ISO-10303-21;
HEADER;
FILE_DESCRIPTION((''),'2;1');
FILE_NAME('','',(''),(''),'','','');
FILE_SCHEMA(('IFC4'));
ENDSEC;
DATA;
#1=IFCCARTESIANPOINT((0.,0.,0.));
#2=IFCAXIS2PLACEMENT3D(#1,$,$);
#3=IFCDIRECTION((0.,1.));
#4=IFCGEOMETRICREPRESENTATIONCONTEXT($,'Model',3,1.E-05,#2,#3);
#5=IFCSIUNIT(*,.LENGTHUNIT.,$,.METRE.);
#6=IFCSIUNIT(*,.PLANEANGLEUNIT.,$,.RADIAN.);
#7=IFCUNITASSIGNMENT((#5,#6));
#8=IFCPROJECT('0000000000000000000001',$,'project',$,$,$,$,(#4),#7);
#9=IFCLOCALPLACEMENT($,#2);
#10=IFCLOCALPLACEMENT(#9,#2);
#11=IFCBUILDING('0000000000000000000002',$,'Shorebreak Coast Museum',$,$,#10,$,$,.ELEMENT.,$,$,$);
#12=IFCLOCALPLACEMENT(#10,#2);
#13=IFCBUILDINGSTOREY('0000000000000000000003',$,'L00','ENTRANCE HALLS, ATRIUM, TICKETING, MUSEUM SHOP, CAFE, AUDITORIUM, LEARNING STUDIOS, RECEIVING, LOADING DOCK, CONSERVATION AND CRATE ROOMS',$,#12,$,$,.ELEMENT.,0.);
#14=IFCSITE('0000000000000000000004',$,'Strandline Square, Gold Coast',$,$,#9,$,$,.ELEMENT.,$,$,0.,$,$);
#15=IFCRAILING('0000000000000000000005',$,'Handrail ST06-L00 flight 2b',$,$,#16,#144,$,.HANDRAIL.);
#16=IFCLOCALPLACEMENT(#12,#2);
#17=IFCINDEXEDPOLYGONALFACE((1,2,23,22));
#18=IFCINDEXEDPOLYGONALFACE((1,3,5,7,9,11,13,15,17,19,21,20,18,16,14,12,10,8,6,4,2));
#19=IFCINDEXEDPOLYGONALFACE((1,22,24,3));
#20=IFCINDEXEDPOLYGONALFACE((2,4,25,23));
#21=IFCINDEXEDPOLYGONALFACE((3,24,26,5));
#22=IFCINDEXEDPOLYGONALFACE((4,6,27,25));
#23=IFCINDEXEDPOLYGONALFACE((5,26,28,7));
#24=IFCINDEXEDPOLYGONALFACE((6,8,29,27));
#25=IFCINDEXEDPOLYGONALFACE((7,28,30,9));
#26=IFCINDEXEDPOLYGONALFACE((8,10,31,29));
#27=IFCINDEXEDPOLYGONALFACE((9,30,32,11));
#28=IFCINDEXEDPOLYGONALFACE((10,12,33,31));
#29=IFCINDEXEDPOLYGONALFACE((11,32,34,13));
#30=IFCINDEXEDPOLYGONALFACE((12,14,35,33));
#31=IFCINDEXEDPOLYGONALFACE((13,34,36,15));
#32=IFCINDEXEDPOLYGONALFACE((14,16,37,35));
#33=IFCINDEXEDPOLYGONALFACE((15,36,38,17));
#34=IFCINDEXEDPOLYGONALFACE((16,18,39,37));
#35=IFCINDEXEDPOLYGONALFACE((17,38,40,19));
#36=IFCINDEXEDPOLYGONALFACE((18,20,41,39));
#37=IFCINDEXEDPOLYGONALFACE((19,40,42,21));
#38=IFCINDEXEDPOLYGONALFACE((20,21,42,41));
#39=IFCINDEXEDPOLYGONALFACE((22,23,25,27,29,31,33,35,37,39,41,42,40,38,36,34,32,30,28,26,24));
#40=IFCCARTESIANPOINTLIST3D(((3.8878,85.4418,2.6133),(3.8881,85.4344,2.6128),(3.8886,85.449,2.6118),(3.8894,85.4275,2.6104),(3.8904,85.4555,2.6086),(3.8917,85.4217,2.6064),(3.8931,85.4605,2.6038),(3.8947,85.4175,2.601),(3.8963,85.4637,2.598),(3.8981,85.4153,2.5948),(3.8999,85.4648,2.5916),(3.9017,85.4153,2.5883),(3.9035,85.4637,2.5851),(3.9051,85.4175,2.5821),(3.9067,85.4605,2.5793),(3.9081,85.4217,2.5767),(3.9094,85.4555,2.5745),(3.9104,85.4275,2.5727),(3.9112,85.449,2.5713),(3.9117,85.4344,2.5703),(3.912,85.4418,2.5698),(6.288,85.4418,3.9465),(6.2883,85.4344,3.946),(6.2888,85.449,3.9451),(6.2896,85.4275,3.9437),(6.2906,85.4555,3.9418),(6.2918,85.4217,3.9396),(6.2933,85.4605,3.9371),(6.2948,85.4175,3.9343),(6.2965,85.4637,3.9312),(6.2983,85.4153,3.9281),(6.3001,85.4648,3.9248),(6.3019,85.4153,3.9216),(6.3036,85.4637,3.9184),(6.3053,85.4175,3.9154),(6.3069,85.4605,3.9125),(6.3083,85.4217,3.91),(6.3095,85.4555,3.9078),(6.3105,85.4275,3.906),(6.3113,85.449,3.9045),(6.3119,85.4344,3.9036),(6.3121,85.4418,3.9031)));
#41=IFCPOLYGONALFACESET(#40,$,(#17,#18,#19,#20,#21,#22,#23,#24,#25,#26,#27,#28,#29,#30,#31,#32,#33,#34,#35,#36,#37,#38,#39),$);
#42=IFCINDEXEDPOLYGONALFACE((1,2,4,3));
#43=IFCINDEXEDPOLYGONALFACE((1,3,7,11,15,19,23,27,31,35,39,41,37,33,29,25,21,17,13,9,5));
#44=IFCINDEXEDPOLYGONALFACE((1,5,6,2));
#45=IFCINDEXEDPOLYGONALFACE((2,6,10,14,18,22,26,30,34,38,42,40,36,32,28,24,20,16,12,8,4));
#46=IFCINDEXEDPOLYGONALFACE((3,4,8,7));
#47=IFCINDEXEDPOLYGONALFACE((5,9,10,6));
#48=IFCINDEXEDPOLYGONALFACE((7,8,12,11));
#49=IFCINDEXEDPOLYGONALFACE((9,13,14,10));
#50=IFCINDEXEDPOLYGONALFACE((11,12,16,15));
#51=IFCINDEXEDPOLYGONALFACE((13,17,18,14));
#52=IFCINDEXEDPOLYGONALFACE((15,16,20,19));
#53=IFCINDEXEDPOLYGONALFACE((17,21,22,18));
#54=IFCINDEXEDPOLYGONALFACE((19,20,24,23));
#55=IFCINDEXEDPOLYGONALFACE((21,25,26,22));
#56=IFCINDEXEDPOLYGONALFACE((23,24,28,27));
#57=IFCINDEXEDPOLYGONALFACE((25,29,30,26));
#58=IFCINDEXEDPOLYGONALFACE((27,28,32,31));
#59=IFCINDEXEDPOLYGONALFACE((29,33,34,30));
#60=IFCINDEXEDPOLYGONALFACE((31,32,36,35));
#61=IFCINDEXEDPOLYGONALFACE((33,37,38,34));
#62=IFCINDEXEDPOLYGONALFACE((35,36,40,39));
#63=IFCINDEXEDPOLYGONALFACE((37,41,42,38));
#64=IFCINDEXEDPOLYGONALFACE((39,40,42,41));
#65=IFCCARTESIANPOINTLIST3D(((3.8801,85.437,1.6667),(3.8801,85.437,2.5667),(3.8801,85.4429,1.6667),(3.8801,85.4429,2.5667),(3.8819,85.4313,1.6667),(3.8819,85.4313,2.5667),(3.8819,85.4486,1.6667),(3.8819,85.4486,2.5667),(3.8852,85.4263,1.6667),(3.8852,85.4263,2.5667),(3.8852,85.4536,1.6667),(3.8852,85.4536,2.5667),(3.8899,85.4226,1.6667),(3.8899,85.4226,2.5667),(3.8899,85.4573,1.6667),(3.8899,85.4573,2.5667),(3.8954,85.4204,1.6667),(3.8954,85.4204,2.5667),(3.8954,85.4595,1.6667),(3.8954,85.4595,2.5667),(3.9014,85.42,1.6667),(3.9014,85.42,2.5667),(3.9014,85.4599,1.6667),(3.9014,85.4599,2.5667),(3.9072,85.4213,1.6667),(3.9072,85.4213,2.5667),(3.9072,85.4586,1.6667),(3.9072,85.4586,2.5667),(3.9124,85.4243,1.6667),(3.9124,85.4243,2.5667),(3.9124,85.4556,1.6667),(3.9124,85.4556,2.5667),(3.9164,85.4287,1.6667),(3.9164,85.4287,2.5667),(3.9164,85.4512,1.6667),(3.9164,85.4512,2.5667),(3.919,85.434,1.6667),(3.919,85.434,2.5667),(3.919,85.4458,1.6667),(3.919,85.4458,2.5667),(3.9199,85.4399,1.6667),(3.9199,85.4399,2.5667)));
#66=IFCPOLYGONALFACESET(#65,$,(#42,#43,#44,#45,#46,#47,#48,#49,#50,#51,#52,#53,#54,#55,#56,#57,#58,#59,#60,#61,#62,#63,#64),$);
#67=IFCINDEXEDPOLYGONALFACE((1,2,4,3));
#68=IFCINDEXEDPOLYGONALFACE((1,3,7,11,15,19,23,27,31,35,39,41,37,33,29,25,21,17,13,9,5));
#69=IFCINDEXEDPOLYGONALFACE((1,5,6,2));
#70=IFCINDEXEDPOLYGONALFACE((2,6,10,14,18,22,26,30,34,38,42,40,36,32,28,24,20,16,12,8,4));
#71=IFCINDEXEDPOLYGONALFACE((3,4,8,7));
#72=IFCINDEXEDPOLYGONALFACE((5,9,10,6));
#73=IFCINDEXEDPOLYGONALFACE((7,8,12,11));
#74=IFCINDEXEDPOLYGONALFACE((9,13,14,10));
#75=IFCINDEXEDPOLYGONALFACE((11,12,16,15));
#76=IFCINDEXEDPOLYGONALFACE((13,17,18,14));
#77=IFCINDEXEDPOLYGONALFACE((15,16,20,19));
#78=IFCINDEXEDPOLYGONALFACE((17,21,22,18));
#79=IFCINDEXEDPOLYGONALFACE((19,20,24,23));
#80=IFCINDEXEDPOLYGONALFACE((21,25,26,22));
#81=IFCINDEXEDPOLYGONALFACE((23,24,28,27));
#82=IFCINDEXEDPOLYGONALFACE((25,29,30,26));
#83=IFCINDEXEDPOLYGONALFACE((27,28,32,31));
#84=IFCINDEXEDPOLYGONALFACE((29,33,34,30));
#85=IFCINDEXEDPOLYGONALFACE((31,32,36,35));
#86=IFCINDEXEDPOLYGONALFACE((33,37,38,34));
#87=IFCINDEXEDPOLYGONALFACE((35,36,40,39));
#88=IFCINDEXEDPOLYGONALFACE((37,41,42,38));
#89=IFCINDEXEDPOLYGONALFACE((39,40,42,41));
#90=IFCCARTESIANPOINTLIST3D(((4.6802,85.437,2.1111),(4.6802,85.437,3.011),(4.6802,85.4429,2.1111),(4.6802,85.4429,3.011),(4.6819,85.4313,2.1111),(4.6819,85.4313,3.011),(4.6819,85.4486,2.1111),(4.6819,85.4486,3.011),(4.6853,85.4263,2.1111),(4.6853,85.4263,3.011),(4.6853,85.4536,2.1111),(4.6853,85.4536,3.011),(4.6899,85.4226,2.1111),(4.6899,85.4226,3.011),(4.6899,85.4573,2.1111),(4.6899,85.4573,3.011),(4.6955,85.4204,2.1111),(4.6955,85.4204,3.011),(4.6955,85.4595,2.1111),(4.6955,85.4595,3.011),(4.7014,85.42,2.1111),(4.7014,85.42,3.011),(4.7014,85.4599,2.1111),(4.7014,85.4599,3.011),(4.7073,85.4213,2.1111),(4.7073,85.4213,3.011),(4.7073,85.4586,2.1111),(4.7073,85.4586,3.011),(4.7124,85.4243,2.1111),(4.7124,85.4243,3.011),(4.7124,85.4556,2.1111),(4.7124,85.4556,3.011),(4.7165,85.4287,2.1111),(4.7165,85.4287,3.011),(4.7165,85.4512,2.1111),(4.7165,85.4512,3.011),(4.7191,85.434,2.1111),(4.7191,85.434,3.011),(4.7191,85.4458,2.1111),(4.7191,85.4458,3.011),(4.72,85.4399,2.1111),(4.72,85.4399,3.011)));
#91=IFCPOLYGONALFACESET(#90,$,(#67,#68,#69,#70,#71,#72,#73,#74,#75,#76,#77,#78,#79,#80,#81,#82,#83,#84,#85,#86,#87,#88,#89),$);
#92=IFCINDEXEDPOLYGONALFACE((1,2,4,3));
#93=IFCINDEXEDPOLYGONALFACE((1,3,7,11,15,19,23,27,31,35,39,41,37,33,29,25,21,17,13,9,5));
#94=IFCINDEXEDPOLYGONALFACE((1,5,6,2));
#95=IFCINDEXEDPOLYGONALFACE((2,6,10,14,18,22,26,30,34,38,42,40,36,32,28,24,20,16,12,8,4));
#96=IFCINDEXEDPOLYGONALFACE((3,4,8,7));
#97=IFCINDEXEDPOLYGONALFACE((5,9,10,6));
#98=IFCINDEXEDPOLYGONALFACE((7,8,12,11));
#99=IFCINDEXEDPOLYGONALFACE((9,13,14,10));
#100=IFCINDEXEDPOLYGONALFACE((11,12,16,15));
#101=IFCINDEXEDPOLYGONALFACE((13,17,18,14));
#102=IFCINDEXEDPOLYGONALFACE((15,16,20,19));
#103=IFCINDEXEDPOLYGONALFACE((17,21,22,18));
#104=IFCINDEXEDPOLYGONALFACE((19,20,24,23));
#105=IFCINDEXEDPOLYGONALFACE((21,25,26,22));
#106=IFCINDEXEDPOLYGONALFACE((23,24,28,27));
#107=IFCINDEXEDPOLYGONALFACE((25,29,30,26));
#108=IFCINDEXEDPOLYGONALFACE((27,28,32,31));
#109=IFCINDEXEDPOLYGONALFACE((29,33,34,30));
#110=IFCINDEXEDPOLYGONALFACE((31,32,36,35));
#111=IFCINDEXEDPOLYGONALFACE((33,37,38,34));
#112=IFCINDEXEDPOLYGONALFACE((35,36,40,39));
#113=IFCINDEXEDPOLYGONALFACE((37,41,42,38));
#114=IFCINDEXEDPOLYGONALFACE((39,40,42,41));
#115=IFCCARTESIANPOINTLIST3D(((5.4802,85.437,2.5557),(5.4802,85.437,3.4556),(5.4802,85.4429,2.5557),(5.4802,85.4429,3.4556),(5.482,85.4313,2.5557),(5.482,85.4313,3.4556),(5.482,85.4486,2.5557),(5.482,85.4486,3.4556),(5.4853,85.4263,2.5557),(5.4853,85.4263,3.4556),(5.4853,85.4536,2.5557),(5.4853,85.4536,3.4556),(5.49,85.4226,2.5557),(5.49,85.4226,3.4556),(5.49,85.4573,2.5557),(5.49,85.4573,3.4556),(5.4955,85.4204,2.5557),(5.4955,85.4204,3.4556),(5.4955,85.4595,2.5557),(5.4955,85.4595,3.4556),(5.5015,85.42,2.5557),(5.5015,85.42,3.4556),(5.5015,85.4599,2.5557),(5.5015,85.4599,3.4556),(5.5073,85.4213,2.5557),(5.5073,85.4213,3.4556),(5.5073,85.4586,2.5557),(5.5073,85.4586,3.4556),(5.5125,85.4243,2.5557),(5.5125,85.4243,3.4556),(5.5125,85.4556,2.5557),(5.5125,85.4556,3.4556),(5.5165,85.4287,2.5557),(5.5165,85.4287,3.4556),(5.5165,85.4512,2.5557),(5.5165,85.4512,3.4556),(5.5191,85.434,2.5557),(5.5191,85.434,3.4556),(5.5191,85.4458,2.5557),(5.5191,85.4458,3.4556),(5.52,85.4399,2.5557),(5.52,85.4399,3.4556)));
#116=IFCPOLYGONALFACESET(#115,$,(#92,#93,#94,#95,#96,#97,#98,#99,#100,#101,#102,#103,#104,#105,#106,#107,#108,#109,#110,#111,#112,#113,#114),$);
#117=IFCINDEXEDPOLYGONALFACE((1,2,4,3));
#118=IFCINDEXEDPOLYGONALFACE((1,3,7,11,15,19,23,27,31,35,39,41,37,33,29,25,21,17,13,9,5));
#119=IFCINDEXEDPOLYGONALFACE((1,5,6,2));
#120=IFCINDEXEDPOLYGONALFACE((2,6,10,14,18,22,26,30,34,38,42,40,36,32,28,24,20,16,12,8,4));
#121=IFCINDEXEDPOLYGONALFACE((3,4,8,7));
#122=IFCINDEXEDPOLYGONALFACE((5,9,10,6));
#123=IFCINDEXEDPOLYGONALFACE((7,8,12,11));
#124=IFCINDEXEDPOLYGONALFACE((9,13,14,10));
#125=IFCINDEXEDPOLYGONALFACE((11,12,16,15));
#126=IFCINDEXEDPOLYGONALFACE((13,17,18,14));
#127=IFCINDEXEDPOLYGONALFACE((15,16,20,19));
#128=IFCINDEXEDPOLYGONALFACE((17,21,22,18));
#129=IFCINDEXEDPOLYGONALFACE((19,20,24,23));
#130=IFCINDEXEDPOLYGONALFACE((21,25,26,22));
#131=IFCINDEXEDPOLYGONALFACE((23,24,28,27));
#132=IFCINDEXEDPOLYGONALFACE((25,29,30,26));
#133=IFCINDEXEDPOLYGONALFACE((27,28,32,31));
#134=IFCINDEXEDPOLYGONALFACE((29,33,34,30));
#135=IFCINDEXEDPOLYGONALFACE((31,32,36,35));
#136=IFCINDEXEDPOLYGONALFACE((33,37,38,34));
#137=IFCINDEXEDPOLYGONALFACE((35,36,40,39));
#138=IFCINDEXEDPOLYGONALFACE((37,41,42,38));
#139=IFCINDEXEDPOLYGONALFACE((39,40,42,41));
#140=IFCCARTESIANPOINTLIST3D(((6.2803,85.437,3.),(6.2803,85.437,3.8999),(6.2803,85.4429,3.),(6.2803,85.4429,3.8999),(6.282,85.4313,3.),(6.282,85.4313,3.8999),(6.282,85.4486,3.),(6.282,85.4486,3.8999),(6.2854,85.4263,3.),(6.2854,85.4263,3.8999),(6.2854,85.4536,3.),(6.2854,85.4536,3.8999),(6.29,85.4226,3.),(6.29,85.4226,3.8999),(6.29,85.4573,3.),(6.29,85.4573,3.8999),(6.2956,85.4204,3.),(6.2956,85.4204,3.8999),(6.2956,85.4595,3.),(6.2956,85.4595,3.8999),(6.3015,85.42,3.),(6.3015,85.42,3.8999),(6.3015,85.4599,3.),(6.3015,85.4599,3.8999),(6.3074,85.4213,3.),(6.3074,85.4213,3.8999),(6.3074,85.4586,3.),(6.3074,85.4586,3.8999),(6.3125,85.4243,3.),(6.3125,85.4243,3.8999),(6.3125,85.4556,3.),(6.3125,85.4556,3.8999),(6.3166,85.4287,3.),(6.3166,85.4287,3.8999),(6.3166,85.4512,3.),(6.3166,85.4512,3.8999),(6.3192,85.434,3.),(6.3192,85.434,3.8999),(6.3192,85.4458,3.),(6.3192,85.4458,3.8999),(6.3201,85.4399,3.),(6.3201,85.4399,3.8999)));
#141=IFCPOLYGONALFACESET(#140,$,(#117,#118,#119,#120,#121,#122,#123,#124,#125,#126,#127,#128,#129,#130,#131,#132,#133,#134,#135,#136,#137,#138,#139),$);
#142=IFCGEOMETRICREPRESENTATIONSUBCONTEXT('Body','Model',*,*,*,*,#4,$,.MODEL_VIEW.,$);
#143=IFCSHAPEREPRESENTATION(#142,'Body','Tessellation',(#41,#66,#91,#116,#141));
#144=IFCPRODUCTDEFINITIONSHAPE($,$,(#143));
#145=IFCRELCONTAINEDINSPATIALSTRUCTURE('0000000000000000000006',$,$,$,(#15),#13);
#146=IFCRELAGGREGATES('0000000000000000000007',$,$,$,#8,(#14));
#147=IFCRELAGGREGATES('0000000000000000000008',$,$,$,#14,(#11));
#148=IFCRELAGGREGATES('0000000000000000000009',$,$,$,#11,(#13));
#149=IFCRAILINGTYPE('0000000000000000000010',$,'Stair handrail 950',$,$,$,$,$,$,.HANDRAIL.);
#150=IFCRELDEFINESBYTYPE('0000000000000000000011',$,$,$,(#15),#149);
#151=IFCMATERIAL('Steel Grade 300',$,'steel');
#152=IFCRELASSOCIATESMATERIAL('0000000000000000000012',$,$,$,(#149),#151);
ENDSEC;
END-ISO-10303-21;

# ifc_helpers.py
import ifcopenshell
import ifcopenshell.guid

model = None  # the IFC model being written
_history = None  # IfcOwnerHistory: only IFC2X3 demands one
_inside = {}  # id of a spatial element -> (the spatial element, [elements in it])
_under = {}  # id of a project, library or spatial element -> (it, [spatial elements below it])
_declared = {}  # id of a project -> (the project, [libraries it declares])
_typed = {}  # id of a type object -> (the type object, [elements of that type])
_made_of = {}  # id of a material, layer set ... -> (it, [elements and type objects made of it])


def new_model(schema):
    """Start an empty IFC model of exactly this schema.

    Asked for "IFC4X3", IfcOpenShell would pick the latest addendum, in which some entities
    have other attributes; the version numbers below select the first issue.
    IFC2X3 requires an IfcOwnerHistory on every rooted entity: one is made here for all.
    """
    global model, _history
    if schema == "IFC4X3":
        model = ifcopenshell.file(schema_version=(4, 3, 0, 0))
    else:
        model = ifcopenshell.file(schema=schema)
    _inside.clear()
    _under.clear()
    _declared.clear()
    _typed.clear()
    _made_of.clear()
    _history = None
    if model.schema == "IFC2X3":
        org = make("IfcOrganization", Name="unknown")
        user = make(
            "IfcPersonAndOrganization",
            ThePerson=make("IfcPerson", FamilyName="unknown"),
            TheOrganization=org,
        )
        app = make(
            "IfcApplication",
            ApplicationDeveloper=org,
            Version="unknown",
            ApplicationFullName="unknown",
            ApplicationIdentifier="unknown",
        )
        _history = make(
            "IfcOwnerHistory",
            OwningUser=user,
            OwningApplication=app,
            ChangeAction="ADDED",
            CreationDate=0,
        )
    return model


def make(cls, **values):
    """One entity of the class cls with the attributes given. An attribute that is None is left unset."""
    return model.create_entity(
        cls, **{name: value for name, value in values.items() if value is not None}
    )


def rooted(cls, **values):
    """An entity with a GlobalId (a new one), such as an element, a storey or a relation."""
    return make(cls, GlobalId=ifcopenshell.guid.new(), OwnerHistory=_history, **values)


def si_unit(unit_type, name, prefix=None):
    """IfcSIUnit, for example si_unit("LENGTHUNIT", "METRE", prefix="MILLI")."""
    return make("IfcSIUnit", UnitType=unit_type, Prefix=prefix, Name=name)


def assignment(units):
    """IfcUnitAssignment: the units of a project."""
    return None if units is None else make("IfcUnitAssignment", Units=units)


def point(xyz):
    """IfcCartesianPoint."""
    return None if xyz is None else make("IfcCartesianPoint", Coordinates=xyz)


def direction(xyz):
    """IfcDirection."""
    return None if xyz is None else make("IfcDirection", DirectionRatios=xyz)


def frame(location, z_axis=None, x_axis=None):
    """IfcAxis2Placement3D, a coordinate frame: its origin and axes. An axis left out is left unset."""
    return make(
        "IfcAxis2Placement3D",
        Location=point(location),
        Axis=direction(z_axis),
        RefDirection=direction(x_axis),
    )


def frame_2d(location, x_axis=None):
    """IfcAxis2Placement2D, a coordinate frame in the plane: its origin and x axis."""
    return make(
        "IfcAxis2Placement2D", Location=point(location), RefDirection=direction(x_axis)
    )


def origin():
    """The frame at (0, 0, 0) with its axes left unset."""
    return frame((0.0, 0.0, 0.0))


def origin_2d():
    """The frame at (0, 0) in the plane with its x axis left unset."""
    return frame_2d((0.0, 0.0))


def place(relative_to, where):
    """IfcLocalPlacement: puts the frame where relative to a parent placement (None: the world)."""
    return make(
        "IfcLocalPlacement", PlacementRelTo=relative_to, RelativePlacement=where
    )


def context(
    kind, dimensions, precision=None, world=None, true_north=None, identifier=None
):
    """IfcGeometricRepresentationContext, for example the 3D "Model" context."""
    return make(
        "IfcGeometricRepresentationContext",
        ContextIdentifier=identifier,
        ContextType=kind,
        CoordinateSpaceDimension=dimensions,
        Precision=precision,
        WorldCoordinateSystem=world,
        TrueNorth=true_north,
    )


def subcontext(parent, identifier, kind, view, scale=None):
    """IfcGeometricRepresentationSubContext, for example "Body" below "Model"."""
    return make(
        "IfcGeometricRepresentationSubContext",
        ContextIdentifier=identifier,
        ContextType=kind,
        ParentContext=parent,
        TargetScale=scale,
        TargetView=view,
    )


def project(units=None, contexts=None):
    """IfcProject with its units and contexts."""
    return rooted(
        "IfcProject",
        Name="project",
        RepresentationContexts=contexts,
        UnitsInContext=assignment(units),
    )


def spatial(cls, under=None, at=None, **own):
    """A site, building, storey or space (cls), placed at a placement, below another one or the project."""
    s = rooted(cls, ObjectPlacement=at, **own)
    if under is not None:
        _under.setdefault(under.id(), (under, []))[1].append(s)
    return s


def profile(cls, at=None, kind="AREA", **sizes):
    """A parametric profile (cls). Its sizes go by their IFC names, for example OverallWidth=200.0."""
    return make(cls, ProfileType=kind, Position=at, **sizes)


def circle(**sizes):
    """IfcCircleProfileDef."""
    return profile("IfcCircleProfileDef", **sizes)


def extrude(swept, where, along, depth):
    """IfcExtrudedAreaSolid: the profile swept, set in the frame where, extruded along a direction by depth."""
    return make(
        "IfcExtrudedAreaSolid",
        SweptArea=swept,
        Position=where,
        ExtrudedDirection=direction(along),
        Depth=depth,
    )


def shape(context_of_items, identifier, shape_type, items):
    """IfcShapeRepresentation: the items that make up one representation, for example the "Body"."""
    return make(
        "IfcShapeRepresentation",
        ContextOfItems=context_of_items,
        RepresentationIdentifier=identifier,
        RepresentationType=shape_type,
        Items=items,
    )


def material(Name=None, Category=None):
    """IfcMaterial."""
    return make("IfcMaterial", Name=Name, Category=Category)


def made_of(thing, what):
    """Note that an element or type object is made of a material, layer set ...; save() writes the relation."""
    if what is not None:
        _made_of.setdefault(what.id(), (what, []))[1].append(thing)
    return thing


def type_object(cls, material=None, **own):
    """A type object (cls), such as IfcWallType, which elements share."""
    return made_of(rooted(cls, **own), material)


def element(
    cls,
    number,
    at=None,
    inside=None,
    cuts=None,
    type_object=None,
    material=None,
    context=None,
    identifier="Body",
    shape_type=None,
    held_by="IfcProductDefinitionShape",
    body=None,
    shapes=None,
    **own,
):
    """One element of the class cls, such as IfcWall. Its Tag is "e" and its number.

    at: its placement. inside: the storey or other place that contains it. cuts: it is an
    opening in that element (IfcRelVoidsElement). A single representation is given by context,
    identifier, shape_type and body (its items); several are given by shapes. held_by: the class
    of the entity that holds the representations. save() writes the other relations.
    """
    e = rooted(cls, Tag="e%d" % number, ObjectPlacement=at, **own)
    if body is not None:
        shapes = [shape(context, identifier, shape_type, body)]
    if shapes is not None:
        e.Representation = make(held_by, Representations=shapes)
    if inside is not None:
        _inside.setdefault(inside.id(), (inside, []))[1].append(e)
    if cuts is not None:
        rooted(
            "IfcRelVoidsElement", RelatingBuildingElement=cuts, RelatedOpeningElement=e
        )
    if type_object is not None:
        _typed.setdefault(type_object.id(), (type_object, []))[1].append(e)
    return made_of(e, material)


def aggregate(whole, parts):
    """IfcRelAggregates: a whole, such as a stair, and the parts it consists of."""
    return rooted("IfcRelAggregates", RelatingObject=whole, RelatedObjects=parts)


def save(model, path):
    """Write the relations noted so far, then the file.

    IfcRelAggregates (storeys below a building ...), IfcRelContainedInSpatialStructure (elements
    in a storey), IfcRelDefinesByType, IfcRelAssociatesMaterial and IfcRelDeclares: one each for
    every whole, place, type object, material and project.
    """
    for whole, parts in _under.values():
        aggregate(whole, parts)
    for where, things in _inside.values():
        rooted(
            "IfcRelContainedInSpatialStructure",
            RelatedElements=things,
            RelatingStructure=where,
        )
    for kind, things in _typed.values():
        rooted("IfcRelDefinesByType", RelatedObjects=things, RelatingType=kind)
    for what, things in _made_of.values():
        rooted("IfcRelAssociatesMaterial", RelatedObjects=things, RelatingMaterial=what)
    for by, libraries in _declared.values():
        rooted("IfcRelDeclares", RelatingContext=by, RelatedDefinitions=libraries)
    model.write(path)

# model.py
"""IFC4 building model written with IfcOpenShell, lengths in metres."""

from ifc_helpers import new_model, si_unit, direction, frame, origin, origin_2d, place, context, subcontext, project, spatial, circle, extrude, material, type_object, element, save


model = new_model("IFC4")

# Units and contexts
model_context = context("Model", 3, precision=1e-05, world=origin(), true_north=direction((0.0, 1.0)))
body_context = subcontext(model_context, "Body", "Model", "MODEL_VIEW")
ifc_project = project(units=[si_unit("LENGTHUNIT", "METRE"), si_unit("PLANEANGLEUNIT", "RADIAN")], contexts=[model_context])

# Site, building, storey
site_placement = place(None, origin())
site = spatial("IfcSite", under=ifc_project, at=site_placement, Name="Strandline Square, Gold Coast", CompositionType="ELEMENT", RefElevation=0.0)
building_placement = place(site_placement, origin())
building = spatial("IfcBuilding", under=site, at=building_placement, Name="Shorebreak Coast Museum", CompositionType="ELEMENT")
storey_placement = place(building_placement, origin())
storey = spatial("IfcBuildingStorey", under=building, at=storey_placement, Name="L00", Description="ENTRANCE HALLS, ATRIUM, TICKETING, MUSEUM SHOP, CAFE, AUDITORIUM, LEARNING STUDIOS, RECEIVING, LOADING DOCK, CONSERVATION AND CRATE ROOMS", CompositionType="ELEMENT", Elevation=0.0)

# Railing
ifc_material_1 = material(Name="Steel Grade 300", Category="steel")
railing_type_1 = type_object("IfcRailingType", Name="Stair handrail 950", PredefinedType="HANDRAIL", material=ifc_material_1)
for number, where, name in (
    (1, (3.8999, 85.4399, 1.6667), "Handrail ST06-L00 flight 2b"),
):
    element("IfcRailing", number, at=place(storey_placement, frame(where)), inside=storey, type_object=railing_type_1, Name=name, PredefinedType="HANDRAIL", context=body_context, shape_type="SweptSolid", body=[
        extrude(circle(Radius=0.0249, at=origin_2d()), frame((0.0, 0.0, 0.9248), z_axis=(0.874182, 0.0, 0.485598), x_axis=(0.0, 1.0, 0.0)), (0.0, 0.0, 1.0), 2.7456),
        extrude(circle(Radius=0.02, at=origin_2d()), origin(), (0.0, 0.0, 1.0), 0.8999),
        extrude(circle(Radius=0.02, at=origin_2d()), frame((0.8, 0.0, 0.4443)), (0.0, 0.0, 1.0), 0.8999),
        extrude(circle(Radius=0.02, at=origin_2d()), frame((1.6001, 0.0, 0.8889)), (0.0, 0.0, 1.0), 0.8999),
        extrude(circle(Radius=0.02, at=origin_2d()), frame((2.4001, 0.0, 1.3333)), (0.0, 0.0, 1.0), 0.8999),
    ])

save(model, "model.ifc")
